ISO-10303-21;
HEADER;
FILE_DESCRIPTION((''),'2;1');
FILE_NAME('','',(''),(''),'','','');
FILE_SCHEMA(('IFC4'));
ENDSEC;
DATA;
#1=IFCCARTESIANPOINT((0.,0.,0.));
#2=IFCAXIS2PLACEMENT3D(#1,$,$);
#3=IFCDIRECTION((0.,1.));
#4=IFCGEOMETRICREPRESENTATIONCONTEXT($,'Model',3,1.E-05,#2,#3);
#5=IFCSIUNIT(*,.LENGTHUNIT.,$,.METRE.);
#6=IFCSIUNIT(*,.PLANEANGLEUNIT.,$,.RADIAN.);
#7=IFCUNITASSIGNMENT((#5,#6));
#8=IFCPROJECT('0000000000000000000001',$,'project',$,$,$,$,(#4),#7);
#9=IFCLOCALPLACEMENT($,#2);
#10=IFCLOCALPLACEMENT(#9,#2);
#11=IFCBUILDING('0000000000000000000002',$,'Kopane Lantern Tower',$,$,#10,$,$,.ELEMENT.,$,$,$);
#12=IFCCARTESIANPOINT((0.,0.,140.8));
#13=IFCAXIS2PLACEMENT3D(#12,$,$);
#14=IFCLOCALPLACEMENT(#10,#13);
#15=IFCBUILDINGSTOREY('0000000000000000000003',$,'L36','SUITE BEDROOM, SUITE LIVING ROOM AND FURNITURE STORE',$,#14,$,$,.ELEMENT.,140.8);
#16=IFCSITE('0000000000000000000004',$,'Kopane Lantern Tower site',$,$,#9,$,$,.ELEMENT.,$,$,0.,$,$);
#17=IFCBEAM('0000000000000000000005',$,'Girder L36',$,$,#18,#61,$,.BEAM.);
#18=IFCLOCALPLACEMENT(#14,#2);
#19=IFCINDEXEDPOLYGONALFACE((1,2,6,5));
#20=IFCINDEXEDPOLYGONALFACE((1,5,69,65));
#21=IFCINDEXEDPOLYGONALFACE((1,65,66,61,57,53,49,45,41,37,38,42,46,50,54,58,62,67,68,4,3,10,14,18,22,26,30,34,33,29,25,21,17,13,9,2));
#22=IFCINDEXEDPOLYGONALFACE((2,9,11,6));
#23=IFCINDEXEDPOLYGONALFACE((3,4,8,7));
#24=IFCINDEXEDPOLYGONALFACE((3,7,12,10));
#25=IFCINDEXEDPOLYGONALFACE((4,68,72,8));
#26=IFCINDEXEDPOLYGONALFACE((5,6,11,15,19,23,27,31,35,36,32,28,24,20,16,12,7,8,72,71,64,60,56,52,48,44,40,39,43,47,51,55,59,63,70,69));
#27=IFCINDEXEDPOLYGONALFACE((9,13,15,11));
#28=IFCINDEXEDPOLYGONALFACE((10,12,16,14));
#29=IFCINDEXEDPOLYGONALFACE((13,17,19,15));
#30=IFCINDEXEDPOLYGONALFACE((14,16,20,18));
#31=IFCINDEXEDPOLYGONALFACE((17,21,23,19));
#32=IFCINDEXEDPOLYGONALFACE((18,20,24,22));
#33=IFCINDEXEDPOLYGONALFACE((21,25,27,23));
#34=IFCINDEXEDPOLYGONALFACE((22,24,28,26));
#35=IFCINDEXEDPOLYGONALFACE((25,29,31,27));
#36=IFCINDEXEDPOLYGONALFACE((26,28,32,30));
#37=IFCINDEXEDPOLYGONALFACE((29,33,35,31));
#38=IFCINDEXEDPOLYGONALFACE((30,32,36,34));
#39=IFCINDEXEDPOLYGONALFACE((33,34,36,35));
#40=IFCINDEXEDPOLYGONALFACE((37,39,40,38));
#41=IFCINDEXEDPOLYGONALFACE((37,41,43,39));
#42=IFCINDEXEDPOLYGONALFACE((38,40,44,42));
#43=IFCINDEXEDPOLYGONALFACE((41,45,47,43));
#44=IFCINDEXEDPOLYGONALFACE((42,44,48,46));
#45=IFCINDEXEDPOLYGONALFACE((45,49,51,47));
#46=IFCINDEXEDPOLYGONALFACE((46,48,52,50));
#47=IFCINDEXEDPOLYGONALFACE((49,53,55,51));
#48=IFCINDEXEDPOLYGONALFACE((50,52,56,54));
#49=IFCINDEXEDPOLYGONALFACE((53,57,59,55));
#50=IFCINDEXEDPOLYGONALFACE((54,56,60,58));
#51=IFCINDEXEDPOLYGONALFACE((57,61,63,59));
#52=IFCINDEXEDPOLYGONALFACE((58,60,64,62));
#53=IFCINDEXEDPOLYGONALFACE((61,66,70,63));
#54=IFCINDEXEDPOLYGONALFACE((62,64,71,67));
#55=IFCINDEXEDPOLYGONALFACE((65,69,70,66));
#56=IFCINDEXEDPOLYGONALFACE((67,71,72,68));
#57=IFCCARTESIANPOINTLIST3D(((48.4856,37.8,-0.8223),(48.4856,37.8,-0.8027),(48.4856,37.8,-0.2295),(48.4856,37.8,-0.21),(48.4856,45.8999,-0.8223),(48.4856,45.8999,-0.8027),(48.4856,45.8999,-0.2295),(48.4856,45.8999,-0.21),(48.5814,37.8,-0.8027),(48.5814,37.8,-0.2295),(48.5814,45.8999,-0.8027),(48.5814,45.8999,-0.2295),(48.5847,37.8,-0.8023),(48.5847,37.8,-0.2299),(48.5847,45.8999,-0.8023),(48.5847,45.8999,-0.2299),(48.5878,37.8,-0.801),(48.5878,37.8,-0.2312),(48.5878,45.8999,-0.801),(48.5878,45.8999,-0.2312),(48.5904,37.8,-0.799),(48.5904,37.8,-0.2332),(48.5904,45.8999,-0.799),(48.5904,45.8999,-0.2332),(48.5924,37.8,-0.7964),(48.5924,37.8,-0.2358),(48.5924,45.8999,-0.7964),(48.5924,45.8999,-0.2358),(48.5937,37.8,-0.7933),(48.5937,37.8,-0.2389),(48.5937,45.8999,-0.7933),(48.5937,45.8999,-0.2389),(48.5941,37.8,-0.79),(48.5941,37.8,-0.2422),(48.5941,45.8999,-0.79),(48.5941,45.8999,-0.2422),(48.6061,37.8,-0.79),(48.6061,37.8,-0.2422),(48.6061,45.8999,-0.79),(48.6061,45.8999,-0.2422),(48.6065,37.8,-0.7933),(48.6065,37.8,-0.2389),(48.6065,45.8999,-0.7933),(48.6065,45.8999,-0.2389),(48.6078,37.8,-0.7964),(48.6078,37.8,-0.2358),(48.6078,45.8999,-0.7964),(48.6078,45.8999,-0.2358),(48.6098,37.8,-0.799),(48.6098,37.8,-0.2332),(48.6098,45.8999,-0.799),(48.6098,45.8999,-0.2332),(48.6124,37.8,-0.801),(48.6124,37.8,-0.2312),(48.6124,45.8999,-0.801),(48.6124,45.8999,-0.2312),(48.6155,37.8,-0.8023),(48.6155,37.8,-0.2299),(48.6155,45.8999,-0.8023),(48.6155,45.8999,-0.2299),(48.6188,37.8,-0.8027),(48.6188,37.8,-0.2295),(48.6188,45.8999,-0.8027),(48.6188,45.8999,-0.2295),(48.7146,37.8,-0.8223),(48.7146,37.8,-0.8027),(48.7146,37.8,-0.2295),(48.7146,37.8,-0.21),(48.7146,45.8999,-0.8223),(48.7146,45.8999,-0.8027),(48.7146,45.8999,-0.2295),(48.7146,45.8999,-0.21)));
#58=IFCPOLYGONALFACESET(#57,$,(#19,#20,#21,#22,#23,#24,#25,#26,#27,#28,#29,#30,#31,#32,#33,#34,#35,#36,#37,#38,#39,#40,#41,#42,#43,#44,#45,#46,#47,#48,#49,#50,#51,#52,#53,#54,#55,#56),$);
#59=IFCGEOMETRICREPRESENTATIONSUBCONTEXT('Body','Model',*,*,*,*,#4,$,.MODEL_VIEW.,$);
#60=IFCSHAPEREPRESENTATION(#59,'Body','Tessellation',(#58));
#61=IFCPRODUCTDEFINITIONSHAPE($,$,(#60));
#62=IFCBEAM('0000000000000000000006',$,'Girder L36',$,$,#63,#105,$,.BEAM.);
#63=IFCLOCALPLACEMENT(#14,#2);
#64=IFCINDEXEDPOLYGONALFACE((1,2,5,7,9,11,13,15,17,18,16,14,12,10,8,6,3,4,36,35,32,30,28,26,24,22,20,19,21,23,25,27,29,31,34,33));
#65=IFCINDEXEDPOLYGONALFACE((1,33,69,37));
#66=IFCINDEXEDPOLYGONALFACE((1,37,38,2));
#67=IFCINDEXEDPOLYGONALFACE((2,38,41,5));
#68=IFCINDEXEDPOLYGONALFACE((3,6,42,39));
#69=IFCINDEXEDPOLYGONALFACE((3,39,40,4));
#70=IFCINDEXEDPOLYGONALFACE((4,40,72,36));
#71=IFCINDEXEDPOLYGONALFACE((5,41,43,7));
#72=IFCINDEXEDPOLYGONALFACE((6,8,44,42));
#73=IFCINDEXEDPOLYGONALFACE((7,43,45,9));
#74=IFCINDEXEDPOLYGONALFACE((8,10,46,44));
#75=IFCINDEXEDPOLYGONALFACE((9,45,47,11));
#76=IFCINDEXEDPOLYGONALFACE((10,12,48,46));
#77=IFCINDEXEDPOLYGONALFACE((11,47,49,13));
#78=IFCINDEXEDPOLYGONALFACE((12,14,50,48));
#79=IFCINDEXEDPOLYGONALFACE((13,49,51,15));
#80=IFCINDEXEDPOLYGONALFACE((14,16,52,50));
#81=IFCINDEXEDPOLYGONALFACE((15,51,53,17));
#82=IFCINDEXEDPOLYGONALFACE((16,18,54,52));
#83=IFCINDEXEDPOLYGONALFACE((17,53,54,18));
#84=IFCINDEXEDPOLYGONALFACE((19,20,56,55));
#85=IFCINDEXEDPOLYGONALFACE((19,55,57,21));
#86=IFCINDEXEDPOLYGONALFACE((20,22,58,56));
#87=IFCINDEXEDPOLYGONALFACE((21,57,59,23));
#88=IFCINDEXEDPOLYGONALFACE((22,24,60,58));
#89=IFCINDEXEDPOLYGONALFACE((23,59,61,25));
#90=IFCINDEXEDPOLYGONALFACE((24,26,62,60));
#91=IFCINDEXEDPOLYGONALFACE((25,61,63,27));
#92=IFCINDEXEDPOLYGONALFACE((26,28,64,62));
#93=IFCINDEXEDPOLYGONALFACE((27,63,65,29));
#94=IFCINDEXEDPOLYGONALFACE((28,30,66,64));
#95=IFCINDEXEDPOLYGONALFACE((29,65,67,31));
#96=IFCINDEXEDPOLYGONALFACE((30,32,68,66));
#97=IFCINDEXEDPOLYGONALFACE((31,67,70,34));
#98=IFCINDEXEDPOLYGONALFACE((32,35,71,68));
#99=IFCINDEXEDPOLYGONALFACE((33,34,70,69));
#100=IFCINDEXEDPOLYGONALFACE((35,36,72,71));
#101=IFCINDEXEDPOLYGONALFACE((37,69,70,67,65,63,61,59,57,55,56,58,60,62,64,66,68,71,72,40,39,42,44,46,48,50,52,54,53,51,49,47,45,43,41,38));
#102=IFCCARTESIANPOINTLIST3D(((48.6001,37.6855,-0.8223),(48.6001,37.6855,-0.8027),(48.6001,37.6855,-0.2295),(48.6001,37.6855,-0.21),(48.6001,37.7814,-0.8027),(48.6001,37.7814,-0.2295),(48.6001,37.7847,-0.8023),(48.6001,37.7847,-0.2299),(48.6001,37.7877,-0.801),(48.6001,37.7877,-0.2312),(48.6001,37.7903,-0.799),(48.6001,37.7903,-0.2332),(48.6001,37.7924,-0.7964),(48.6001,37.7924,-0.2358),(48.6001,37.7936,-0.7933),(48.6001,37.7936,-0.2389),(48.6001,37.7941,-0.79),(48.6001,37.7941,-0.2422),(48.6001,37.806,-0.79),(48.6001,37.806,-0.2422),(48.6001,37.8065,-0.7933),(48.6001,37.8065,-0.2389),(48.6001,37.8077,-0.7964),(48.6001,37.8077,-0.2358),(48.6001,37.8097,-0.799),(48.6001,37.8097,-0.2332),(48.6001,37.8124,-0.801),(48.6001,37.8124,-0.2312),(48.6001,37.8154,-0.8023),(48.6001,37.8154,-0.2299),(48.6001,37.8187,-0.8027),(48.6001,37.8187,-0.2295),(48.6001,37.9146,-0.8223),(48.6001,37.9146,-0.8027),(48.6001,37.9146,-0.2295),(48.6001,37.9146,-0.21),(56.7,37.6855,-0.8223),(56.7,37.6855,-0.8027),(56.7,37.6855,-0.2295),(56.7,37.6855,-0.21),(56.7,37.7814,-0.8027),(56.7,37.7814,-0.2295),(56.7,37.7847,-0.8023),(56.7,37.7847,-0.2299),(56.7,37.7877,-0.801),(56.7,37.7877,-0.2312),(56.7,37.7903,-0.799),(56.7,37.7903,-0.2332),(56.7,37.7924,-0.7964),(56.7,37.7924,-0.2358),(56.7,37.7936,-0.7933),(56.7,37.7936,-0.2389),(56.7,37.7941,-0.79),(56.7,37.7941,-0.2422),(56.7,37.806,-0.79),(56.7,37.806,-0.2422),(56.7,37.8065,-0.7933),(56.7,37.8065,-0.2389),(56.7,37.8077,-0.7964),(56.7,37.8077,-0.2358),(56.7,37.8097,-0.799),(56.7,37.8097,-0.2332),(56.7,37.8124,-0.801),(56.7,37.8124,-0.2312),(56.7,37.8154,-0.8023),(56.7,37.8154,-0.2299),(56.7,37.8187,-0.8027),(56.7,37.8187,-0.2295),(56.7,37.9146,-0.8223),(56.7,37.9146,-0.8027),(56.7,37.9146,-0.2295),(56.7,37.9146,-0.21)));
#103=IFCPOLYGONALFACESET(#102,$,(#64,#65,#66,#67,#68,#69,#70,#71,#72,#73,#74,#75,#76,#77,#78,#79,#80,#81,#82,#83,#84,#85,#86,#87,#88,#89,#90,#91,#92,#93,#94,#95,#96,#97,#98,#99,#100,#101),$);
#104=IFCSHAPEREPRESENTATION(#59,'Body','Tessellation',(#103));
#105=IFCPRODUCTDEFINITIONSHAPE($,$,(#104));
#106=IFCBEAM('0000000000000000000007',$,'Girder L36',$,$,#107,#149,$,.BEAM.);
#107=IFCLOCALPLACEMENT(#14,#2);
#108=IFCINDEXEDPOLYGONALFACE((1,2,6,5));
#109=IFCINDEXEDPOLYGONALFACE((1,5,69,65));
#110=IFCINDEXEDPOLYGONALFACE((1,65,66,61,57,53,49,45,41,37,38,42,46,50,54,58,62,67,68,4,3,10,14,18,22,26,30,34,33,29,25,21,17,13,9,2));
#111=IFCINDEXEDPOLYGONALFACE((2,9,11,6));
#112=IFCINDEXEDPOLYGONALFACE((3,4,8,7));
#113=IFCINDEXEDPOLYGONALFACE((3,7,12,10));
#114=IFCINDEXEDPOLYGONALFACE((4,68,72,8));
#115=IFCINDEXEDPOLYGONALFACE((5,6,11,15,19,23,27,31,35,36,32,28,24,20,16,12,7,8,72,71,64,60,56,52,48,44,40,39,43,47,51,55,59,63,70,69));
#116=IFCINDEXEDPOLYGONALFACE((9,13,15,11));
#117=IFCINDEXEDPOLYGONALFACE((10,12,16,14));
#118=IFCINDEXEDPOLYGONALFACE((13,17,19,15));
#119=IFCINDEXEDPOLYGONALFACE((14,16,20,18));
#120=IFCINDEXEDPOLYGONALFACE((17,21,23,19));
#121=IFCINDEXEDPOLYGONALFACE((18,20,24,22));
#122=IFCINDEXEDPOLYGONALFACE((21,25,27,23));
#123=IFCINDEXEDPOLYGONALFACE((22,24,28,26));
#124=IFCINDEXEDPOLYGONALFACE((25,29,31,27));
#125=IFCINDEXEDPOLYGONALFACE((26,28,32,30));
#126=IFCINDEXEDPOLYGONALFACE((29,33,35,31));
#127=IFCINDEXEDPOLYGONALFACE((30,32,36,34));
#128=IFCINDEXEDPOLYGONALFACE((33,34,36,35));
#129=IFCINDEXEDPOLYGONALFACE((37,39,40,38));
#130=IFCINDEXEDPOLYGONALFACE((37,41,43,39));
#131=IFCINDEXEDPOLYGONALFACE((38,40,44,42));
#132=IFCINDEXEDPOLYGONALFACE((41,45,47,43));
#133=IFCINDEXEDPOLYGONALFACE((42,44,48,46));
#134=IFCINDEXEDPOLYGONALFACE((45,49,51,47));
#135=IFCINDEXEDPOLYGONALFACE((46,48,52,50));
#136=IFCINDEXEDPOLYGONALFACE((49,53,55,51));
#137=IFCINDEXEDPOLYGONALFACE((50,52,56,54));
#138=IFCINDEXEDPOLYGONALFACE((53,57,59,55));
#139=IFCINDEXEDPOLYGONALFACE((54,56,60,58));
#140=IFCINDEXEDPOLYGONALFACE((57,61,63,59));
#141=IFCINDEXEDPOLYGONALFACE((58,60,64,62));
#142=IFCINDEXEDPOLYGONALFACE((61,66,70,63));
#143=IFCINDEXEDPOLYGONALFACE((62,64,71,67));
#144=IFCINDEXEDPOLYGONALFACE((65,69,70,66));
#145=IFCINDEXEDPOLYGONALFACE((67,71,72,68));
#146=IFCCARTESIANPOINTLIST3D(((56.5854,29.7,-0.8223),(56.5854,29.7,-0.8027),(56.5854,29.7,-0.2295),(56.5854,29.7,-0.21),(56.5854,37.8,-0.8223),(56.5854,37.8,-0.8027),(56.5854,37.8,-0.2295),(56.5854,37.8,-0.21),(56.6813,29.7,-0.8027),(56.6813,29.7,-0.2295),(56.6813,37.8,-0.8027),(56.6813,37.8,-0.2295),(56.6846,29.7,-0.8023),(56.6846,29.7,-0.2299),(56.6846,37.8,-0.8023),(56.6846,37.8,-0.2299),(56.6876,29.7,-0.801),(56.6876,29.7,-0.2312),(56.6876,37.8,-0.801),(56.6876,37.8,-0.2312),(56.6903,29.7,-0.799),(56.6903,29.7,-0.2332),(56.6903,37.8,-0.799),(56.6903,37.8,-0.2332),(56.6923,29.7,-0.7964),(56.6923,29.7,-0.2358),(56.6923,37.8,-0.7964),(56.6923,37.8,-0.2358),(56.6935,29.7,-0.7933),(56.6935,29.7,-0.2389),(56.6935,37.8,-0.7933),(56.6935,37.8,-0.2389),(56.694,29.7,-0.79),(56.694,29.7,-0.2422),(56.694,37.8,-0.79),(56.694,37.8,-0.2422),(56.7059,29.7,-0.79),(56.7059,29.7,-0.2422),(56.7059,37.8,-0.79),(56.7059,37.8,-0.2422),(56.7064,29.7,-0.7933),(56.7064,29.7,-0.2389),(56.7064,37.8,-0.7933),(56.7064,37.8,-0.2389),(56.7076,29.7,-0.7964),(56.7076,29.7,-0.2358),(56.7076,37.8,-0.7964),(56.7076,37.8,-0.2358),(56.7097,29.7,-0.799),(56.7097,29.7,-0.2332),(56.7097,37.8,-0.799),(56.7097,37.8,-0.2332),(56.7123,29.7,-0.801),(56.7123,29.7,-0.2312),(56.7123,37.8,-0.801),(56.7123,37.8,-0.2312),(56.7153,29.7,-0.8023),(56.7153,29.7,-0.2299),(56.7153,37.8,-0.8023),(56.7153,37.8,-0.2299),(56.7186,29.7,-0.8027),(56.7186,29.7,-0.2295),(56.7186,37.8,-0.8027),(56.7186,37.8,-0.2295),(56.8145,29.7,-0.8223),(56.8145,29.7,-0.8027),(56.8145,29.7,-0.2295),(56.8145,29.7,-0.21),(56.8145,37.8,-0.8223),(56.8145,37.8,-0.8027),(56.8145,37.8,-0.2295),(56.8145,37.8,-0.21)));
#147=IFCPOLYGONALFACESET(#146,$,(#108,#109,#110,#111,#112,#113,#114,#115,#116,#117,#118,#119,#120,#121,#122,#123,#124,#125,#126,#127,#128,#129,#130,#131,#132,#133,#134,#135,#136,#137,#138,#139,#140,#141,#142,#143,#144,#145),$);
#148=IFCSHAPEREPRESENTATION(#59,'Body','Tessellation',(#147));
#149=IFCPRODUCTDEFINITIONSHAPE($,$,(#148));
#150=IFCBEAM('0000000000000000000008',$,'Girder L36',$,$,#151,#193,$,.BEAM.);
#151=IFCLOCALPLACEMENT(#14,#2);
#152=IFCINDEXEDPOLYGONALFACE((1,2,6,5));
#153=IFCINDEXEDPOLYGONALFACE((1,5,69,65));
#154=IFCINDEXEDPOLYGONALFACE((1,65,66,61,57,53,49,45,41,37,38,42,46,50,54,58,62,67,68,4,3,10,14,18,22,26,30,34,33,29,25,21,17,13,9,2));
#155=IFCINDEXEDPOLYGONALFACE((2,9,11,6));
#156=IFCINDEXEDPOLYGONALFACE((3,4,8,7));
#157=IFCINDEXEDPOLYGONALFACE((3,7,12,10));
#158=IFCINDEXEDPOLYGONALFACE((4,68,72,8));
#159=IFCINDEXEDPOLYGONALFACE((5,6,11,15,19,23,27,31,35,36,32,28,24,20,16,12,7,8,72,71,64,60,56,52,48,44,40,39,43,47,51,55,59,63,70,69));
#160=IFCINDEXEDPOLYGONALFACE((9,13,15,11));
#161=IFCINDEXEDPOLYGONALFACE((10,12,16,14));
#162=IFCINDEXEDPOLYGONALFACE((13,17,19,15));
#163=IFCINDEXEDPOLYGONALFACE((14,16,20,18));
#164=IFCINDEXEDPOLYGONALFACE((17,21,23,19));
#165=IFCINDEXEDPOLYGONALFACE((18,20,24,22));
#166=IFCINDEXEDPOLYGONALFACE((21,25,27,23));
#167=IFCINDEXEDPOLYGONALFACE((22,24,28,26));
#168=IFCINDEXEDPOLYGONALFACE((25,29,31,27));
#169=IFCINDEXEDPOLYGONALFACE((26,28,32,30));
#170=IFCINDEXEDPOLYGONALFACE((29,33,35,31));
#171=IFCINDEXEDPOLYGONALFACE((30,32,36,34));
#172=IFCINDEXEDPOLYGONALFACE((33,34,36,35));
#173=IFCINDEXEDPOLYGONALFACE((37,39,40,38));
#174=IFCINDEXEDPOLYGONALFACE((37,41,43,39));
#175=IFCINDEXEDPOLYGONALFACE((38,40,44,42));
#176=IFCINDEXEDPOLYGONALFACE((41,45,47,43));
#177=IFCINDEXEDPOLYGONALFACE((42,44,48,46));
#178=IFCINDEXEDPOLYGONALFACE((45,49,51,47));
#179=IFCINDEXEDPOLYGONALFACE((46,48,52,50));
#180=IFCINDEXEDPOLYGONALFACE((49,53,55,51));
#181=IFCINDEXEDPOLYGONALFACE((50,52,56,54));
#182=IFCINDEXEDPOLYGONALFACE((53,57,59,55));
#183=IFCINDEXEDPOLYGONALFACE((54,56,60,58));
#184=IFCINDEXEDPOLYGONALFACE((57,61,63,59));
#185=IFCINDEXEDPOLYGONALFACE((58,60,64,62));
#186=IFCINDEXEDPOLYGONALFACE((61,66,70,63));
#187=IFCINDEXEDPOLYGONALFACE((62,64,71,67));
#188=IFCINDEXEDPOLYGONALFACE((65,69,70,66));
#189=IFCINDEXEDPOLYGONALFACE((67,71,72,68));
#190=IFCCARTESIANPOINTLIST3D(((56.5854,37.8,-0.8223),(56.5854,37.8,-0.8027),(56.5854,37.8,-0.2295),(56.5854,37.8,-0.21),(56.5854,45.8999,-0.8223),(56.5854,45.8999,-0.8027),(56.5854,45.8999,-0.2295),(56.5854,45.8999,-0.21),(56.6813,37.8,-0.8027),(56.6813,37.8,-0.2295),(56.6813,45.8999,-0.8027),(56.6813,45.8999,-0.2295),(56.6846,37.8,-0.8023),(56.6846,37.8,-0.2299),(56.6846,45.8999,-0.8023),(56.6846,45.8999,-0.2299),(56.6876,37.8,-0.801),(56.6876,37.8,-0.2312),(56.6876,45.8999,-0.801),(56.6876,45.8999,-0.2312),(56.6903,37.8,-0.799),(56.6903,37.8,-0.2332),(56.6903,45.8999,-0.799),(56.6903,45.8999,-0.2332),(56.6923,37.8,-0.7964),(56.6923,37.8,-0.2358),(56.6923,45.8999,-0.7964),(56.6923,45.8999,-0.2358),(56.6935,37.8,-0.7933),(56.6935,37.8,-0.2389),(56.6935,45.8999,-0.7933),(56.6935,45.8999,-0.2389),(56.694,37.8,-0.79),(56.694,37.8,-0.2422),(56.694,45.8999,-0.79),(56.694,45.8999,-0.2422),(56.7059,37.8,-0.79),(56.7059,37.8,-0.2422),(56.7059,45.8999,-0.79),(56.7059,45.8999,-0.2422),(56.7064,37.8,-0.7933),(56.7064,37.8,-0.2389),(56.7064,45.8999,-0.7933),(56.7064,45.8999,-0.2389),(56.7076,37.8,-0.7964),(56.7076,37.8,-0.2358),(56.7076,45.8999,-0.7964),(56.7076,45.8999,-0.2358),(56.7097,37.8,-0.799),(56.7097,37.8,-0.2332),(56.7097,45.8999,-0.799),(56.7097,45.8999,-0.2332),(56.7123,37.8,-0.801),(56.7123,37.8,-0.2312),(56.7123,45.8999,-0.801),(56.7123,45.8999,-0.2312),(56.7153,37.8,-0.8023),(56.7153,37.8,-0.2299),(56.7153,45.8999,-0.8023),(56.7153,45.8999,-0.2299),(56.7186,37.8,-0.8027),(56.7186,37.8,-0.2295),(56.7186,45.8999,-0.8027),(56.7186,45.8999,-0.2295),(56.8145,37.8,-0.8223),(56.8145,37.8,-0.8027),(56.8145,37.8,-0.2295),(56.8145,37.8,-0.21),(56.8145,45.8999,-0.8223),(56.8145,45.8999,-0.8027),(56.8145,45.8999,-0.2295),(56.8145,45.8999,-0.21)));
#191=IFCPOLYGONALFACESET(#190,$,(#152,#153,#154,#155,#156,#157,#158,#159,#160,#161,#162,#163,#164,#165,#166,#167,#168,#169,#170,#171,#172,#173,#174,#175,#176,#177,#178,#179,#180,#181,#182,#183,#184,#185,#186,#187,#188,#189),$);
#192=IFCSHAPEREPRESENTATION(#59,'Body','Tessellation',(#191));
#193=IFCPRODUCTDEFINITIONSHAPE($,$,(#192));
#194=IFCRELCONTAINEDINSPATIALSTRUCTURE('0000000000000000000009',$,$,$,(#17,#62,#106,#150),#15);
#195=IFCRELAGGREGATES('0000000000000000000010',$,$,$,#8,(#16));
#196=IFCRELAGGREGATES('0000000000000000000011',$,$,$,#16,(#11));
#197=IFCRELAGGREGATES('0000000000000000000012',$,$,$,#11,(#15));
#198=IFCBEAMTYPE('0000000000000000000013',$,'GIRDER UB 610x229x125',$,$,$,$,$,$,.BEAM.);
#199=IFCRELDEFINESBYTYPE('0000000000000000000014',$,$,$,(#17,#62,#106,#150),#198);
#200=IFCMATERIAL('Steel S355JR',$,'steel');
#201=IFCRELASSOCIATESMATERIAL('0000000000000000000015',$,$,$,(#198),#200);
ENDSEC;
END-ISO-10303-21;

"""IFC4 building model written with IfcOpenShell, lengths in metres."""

from ifc_helpers import new_model, si_unit, direction, frame, origin, origin_2d, place, context, subcontext, project, spatial, i_section, extrude, material, material_profile, profile_set, type_object, element, save


model = new_model("IFC4")

# Units and contexts
model_context = context("Model", 3, precision=1e-05, world=origin(), true_north=direction((0.0, 1.0)))
body_context = subcontext(model_context, "Body", "Model", "MODEL_VIEW")
ifc_project = project(units=[si_unit("LENGTHUNIT", "METRE"), si_unit("PLANEANGLEUNIT", "RADIAN")], contexts=[model_context])

# Site, building, storey
site_placement = place(None, origin())
site = spatial("IfcSite", under=ifc_project, at=site_placement, Name="Kopane Lantern Tower site", CompositionType="ELEMENT", RefElevation=0.0)
building_placement = place(site_placement, origin())
building = spatial("IfcBuilding", under=site, at=building_placement, Name="Kopane Lantern Tower", CompositionType="ELEMENT")
storey_placement = place(building_placement, frame((0.0, 0.0, 140.8)))
storey = spatial("IfcBuildingStorey", under=building, at=storey_placement, Name="L36", Description="SUITE BEDROOM, SUITE LIVING ROOM AND FURNITURE STORE", CompositionType="ELEMENT", Elevation=140.8)

# Beams
ifc_material_1 = material(Name="Steel S355JR", Category="steel")
ifc_material_profile_1 = material_profile(ifc_material_1, i_section(OverallWidth=0.229, OverallDepth=0.6123, WebThickness=0.012, FlangeThickness=0.0195, FilletRadius=0.0127, at=origin_2d()), Name="UB 610x229x125")
ifc_profile_set_1 = profile_set([ifc_material_profile_1], Name="Steel S355JR")
beam_type = type_object("IfcBeamType", Name="GIRDER UB 610x229x125", PredefinedType="BEAM", material=ifc_profile_set_1)
for number, where, z_axis, x_axis, name in (
    (1, (48.6001, 37.8, -0.5161), (0.0, 1.0, 0.0), (-1.0, 0.0, 0.0), "Girder L36"),
    (2, (48.6001, 37.8, -0.5161), (1.0, 0.0, 0.0), (0.0, 1.0, 0.0), "Girder L36"),
):
    element("IfcBeam", number, at=place(storey_placement, frame(where, z_axis=z_axis, x_axis=x_axis)), inside=storey, type_object=beam_type, Name=name, PredefinedType="BEAM", context=body_context, shape_type="SweptSolid", body=[
        extrude(i_section(OverallWidth=0.229, OverallDepth=0.6123, WebThickness=0.012, FlangeThickness=0.0195, FilletRadius=0.0127, at=origin_2d()), origin(), (0.0, 0.0, 1.0), 8.0999),
    ])
beam_1_placement = place(storey_placement, frame((56.7, 29.7, -0.5161), z_axis=(0.0, 1.0, 0.0), x_axis=(-1.0, 0.0, 0.0)))
element("IfcBeam", 3, at=beam_1_placement, inside=storey, type_object=beam_type, Name="Girder L36", PredefinedType="BEAM", context=body_context, shape_type="SweptSolid", body=[
    extrude(i_section(OverallWidth=0.229, OverallDepth=0.6123, WebThickness=0.012, FlangeThickness=0.0195, FilletRadius=0.0127, at=origin_2d()), origin(), (0.0, 0.0, 1.0), 8.1001),
])
beam_2_placement = place(storey_placement, frame((56.7, 37.8, -0.5161), z_axis=(0.0, 1.0, 0.0), x_axis=(-1.0, 0.0, 0.0)))
element("IfcBeam", 4, at=beam_2_placement, inside=storey, type_object=beam_type, Name="Girder L36", PredefinedType="BEAM", context=body_context, shape_type="SweptSolid", body=[
    extrude(i_section(OverallWidth=0.229, OverallDepth=0.6123, WebThickness=0.012, FlangeThickness=0.0195, FilletRadius=0.0127, at=origin_2d()), origin(), (0.0, 0.0, 1.0), 8.0999),
])

save(model, "model.ifc")
